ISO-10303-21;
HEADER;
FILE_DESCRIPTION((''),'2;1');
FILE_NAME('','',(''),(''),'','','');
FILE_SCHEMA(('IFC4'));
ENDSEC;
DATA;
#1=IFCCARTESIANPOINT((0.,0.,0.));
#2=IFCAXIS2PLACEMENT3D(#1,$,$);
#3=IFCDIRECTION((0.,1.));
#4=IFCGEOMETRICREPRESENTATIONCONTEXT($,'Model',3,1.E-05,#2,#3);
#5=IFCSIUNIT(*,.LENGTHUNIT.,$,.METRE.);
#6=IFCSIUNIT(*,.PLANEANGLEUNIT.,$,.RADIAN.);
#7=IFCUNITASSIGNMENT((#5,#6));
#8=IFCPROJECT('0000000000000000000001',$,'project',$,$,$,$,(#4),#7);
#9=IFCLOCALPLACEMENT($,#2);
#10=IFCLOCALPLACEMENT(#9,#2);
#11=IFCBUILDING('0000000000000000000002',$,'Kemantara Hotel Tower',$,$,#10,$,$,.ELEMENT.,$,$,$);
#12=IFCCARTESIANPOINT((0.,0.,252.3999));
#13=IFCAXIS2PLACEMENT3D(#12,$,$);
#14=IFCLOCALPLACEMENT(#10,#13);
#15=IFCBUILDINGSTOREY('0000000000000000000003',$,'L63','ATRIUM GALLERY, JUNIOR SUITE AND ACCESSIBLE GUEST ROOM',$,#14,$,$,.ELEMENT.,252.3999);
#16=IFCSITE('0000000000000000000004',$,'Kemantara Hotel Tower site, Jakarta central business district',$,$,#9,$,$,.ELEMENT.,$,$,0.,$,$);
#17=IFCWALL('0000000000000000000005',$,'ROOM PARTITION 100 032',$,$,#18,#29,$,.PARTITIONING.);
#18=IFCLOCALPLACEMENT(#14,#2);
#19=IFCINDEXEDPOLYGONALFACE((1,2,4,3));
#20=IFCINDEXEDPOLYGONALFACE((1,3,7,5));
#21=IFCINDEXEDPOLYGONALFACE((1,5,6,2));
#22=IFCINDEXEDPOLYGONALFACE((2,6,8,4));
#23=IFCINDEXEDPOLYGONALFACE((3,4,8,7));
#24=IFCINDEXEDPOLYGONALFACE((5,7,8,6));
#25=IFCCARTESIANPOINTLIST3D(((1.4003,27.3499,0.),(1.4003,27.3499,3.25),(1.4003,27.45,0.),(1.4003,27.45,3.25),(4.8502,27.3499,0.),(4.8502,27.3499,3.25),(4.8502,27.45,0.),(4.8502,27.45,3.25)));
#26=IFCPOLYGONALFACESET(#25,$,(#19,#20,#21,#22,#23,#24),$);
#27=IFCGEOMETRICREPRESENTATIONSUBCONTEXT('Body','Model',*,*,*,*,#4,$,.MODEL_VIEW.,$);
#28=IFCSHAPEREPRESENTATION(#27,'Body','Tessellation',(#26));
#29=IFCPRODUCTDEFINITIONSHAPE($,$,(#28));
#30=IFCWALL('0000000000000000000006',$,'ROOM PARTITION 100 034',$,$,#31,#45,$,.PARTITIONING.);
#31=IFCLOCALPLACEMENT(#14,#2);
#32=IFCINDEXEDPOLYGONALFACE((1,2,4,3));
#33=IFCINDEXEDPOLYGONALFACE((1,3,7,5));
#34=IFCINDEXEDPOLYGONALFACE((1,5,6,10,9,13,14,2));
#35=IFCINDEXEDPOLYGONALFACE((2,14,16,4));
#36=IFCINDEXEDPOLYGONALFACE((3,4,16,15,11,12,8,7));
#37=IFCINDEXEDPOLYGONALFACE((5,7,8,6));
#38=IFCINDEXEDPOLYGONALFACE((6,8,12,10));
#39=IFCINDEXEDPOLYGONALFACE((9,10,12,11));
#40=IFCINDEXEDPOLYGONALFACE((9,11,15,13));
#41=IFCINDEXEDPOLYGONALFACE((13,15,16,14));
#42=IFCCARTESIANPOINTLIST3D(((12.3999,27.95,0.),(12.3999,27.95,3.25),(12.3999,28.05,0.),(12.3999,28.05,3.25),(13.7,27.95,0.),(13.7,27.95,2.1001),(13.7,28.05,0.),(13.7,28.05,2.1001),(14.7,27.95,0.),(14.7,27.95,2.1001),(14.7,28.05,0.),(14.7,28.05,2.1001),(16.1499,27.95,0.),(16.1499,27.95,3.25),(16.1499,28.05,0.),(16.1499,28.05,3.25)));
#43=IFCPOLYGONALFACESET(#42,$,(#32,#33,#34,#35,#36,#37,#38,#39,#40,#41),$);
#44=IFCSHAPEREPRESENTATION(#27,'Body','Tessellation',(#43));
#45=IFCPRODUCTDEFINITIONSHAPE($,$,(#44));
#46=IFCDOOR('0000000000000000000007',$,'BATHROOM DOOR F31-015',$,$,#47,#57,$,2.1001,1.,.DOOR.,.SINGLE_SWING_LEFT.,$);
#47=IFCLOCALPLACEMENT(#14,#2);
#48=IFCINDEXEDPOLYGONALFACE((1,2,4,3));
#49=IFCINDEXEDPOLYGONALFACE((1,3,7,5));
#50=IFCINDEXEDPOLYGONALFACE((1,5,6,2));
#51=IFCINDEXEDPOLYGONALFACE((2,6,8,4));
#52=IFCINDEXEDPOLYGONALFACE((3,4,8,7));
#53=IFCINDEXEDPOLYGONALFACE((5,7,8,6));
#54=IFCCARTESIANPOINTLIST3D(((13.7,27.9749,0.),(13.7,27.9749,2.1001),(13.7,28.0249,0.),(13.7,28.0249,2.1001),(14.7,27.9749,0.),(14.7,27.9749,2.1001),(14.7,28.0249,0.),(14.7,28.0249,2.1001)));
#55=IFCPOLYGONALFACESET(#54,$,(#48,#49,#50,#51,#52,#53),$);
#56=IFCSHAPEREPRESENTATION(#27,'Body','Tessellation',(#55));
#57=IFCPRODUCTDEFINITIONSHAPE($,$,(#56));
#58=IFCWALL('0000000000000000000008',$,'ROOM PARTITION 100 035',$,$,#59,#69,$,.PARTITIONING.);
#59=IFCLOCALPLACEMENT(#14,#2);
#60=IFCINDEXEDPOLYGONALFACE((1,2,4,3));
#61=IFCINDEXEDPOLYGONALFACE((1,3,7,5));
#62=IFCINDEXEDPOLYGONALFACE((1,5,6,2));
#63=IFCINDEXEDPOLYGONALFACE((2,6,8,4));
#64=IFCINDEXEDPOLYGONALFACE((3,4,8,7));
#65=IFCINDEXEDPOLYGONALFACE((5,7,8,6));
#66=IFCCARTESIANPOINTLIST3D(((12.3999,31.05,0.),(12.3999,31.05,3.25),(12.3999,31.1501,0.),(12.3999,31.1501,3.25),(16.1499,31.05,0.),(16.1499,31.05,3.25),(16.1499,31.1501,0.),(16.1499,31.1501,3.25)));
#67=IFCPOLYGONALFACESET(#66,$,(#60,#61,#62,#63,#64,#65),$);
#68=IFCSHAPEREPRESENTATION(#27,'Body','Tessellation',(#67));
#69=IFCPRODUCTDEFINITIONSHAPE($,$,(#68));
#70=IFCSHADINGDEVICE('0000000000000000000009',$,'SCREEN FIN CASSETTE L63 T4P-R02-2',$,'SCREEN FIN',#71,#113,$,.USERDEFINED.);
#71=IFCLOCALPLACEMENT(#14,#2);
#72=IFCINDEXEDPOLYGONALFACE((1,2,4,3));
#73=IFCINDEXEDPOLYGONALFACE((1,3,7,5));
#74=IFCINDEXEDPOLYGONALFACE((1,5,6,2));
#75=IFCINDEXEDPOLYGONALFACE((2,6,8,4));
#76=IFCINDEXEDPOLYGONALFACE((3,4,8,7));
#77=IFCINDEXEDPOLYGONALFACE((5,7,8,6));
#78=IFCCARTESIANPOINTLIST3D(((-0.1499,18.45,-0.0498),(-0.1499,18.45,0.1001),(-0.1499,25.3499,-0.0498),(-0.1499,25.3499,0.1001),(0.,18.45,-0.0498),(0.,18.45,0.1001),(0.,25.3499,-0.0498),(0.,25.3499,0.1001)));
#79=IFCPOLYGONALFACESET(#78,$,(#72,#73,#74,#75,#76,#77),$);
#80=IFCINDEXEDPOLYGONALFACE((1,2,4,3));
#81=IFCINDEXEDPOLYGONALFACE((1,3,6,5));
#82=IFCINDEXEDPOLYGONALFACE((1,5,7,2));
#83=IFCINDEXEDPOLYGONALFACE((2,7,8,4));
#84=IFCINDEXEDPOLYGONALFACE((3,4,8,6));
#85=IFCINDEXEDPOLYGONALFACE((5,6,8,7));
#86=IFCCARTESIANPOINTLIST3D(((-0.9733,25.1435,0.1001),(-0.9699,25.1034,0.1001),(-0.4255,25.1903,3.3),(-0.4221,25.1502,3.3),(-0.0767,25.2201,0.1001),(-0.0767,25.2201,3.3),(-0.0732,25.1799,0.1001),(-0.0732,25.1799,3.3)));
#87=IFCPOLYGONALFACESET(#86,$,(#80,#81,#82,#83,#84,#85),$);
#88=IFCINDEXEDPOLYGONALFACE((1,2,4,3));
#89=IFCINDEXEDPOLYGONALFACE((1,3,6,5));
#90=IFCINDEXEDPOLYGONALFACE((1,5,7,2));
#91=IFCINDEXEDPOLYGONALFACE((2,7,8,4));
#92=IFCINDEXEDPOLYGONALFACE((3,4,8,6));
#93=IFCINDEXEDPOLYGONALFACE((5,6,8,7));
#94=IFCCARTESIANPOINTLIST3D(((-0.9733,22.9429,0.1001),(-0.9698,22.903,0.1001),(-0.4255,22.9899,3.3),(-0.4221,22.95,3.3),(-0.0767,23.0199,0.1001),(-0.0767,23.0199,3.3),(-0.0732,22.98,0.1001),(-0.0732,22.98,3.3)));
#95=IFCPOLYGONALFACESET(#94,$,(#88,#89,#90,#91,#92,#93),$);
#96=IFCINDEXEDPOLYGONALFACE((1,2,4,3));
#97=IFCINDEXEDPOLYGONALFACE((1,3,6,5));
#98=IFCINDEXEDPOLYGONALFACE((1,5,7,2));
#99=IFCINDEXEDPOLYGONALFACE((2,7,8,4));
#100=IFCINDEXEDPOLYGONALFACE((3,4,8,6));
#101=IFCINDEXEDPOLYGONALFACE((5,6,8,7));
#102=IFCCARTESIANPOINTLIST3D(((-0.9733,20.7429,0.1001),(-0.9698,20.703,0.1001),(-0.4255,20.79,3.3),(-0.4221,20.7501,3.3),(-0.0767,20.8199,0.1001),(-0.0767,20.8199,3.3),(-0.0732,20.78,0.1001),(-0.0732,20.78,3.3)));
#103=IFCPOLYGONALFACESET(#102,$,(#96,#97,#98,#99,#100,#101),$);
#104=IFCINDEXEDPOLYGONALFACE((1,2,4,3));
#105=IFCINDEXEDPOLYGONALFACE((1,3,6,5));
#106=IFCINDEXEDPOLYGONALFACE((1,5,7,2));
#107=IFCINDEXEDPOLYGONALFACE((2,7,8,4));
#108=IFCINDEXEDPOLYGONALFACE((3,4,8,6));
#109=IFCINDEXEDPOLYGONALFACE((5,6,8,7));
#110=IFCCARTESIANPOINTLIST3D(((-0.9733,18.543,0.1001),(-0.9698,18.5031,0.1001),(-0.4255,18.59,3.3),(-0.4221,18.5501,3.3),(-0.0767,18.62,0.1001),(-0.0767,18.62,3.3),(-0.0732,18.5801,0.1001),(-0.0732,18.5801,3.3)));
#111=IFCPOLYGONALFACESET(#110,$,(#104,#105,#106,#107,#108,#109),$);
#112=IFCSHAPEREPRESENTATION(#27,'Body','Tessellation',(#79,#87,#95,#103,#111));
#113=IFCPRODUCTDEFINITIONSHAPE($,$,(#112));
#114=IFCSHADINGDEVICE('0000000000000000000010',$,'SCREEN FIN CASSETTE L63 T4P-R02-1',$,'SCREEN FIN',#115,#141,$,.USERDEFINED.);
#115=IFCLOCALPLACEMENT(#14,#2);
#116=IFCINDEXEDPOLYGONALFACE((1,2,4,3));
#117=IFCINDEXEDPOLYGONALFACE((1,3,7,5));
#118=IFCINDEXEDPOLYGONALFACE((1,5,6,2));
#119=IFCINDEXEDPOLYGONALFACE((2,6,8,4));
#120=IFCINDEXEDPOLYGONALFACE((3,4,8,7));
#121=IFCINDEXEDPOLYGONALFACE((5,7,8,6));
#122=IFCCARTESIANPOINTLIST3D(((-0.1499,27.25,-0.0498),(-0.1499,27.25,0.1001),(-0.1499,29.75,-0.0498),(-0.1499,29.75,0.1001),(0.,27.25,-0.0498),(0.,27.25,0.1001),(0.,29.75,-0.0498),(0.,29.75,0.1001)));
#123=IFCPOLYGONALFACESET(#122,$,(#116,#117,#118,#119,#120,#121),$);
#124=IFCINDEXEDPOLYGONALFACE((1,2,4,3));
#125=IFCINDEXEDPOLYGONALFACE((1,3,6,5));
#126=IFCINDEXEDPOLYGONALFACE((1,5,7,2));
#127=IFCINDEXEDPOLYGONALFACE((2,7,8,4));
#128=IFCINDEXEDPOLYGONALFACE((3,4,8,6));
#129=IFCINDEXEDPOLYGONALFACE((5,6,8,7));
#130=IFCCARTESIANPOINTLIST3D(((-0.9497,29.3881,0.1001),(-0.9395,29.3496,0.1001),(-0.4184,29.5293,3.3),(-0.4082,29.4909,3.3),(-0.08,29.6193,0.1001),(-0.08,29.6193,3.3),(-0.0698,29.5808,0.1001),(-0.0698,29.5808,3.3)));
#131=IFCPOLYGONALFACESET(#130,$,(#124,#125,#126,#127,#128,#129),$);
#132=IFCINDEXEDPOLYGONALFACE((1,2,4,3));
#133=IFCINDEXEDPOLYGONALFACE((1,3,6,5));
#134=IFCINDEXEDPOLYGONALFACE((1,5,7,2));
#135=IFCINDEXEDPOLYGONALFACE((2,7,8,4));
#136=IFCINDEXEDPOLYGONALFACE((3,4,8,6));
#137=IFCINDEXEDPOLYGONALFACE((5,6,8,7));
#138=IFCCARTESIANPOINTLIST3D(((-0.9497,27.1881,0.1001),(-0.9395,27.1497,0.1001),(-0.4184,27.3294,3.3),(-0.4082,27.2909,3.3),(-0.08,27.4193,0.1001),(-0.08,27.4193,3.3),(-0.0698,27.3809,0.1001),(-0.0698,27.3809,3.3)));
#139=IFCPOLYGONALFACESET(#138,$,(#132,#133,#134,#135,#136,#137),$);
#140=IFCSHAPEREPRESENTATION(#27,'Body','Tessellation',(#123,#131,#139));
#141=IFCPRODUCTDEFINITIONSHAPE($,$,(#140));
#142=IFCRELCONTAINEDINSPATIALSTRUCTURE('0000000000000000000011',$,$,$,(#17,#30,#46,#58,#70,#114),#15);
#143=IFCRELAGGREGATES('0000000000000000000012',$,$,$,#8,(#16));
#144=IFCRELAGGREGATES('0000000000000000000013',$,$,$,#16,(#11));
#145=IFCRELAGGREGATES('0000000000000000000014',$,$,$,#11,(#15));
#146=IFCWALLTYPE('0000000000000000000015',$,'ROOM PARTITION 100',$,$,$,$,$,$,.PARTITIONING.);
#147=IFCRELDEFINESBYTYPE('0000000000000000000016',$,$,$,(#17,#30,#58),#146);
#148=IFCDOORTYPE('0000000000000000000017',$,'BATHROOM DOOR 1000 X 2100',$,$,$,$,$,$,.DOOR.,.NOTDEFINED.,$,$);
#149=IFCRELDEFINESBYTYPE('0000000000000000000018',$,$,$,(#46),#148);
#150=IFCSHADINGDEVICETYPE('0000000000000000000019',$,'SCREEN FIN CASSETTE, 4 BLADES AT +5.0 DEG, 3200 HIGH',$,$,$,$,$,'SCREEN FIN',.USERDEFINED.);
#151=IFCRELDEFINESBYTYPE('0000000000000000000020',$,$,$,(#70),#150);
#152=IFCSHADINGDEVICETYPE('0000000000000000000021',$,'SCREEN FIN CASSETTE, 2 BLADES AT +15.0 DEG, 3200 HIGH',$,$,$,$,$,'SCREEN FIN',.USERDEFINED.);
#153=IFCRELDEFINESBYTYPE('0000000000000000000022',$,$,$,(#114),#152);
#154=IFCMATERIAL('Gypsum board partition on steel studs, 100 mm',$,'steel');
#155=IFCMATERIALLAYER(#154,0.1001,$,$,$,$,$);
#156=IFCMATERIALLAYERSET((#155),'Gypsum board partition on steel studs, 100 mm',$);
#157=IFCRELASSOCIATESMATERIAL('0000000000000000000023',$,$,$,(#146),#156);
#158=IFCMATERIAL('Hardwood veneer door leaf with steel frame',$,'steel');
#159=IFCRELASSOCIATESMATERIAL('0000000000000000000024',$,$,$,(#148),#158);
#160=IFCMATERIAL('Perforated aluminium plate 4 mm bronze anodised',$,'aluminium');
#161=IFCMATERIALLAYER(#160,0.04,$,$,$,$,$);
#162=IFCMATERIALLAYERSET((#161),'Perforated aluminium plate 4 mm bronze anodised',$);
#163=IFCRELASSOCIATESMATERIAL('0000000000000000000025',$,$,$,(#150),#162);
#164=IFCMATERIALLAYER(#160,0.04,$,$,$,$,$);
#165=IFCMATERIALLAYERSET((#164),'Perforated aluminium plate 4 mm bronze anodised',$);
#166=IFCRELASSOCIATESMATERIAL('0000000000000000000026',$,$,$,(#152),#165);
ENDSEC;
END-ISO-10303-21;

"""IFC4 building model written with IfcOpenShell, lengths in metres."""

from ifc_helpers import new_model, si_unit, direction, frame, frame_2d, origin, origin_2d, place, context, subcontext, project, spatial, polyline, rectangle, outline, extrude, source, transform, mapped, material, layer, layer_set, type_object, element, fill, save


model = new_model("IFC4")

# Units and contexts
model_context = context("Model", 3, precision=1e-05, world=origin(), true_north=direction((0.0, 1.0)))
body_context = subcontext(model_context, "Body", "Model", "MODEL_VIEW")
ifc_project = project(units=[si_unit("LENGTHUNIT", "METRE"), si_unit("PLANEANGLEUNIT", "RADIAN")], contexts=[model_context])

# Site, building, storey
site_placement = place(None, origin())
site = spatial("IfcSite", under=ifc_project, at=site_placement, Name="Kemantara Hotel Tower site, Jakarta central business district", CompositionType="ELEMENT", RefElevation=0.0)
building_placement = place(site_placement, origin())
building = spatial("IfcBuilding", under=site, at=building_placement, Name="Kemantara Hotel Tower", CompositionType="ELEMENT")
storey_placement = place(building_placement, frame((0.0, 0.0, 252.3999)))
storey = spatial("IfcBuildingStorey", under=building, at=storey_placement, Name="L63", Description="ATRIUM GALLERY, JUNIOR SUITE AND ACCESSIBLE GUEST ROOM", CompositionType="ELEMENT", Elevation=252.3999)

# Shared definitions
ifc_material_1 = material(Name="Hardwood veneer door leaf with steel frame", Category="steel")

# Wall
ifc_material_2 = material(Name="Gypsum board partition on steel studs, 100 mm", Category="steel")
ifc_layer_1 = layer(ifc_material_2, 0.1001)
ifc_layer_set_1 = layer_set([ifc_layer_1], Name="Gypsum board partition on steel studs, 100 mm")
wall_type_1 = type_object("IfcWallType", Name="ROOM PARTITION 100", PredefinedType="PARTITIONING", material=ifc_layer_set_1)
wall_1_placement = place(storey_placement, frame((1.4001, 27.3999, 0.0), z_axis=(0.0, 0.0, 1.0), x_axis=(1.0, 0.0, 0.0)))
element("IfcWall", 1, at=wall_1_placement, inside=storey, type_object=wall_type_1, Name="ROOM PARTITION 100 032", PredefinedType="PARTITIONING", context=body_context, shape_type="SweptSolid", body=[
    extrude(rectangle(XDim=3.45, YDim=0.1001, at=frame_2d((1.7251, 0.0))), origin(), (0.0, 0.0, 1.0), 3.25),
])

# Wall, opening, door
wall_2_placement = place(storey_placement, frame((12.3999, 28.0, 0.0), z_axis=(0.0, 0.0, 1.0), x_axis=(1.0, 0.0, 0.0)))
wall_2 = element("IfcWall", 2, at=wall_2_placement, inside=storey, type_object=wall_type_1, Name="ROOM PARTITION 100 034", PredefinedType="PARTITIONING", context=body_context, shape_type="SweptSolid", body=[
    extrude(rectangle(XDim=3.75, YDim=0.1001, at=frame_2d((1.875, 0.0))), origin(), (0.0, 0.0, 1.0), 3.25),
])
opening_1_placement = place(wall_2_placement, frame((1.3, 0.0, 0.0)))
opening_1 = element("IfcOpeningElement", 3, at=opening_1_placement, cuts=wall_2, PredefinedType="OPENING", context=body_context, shape_type="SweptSolid", body=[
    extrude(rectangle(XDim=1.0, YDim=2.1001, at=frame_2d((0.5, 1.05))), frame((0.0, 0.0601, 0.0), z_axis=(0.0, -1.0, 0.0), x_axis=(1.0, 0.0, 0.0)), (0.0, 0.0, 1.0), 0.1201),
])
door_type_1 = type_object("IfcDoorType", Name="BATHROOM DOOR 1000 X 2100", OperationType="NOTDEFINED", PredefinedType="DOOR", material=ifc_material_1)
door_1_placement = place(opening_1_placement, origin())
door_1 = element("IfcDoor", 4, at=door_1_placement, inside=storey, type_object=door_type_1, Name="BATHROOM DOOR F31-015", OperationType="SINGLE_SWING_LEFT", OverallHeight=2.1001, OverallWidth=1.0, PredefinedType="DOOR", context=body_context, shape_type="SweptSolid", body=[
    extrude(rectangle(XDim=1.0, YDim=2.1001, at=frame_2d((0.5, 1.05))), frame((0.0, 0.0249, 0.0), z_axis=(0.0, -1.0, 0.0), x_axis=(1.0, 0.0, 0.0)), (0.0, 0.0, 1.0), 0.05),
])
fill(opening_1, door_1)

# Wall
wall_3_placement = place(storey_placement, frame((12.3999, 31.1001, 0.0), z_axis=(0.0, 0.0, 1.0), x_axis=(1.0, 0.0, 0.0)))
element("IfcWall", 5, at=wall_3_placement, inside=storey, type_object=wall_type_1, Name="ROOM PARTITION 100 035", PredefinedType="PARTITIONING", context=body_context, shape_type="SweptSolid", body=[
    extrude(rectangle(XDim=3.75, YDim=0.1001, at=frame_2d((1.875, 0.0))), origin(), (0.0, 0.0, 1.0), 3.25),
])

# Shading devices
ifc_material_3 = material(Name="Perforated aluminium plate 4 mm bronze anodised", Category="aluminium")
ifc_layer_2 = layer(ifc_material_3, 0.04)
ifc_layer_set_2 = layer_set([ifc_layer_2], Name="Perforated aluminium plate 4 mm bronze anodised")
shading_device_type_1 = type_object("IfcShadingDeviceType", Name="SCREEN FIN CASSETTE, 4 BLADES AT +5.0 DEG, 3200 HIGH", ElementType="SCREEN FIN", PredefinedType="USERDEFINED", material=ifc_layer_set_2)
shared_shape_1 = source(origin(), body_context, "Body", "SweptSolid", [
    extrude(rectangle(XDim=6.8999, YDim=0.1499, at=origin_2d()), frame((3.3, -0.075, -0.1499), z_axis=(0.0, 0.0, 1.0), x_axis=(1.0, 0.0, 0.0)), (0.0, 0.0, 1.0), 0.1499),
    extrude(outline(polyline([(0.0, 0.0), (0.8999, 0.0), (0.3501, 3.2), (0.0, 3.2), (0.0, 0.0)])), frame((0.02, -0.0732, 0.0), z_axis=(-0.996376, -0.085056, 0.0), x_axis=(0.085056, -0.996376, 0.0)), (0.0, 0.0, 1.0), 0.0403),
    extrude(outline(polyline([(0.0, 0.0), (0.8999, 0.0), (0.3501, 3.2), (0.0, 3.2), (0.0, 0.0)])), frame((2.22, -0.0732, 0.0), z_axis=(-0.996332, -0.085575, 0.0), x_axis=(0.085575, -0.996332, 0.0)), (0.0, 0.0, 1.0), 0.04),
    extrude(outline(polyline([(0.0, 0.0), (0.8999, 0.0), (0.3501, 3.2), (0.0, 3.2), (0.0, 0.0)])), frame((4.4199, -0.0732, 0.0), z_axis=(-0.996332, -0.085575, 0.0), x_axis=(0.085575, -0.996332, 0.0)), (0.0, 0.0, 1.0), 0.04),
    extrude(outline(polyline([(0.0, 0.0), (0.8999, 0.0), (0.3501, 3.2), (0.0, 3.2), (0.0, 0.0)])), frame((6.6199, -0.0732, 0.0), z_axis=(-0.996332, -0.085575, 0.0), x_axis=(0.085575, -0.996332, 0.0)), (0.0, 0.0, 1.0), 0.04),
])
shading_device_1_placement = place(storey_placement, frame((0.0, 25.2, 0.1001), z_axis=(0.0, 0.0, 1.0), x_axis=(0.0, -1.0, 0.0)))
element("IfcShadingDevice", 6, at=shading_device_1_placement, inside=storey, type_object=shading_device_type_1, Name="SCREEN FIN CASSETTE L63 T4P-R02-2", ObjectType="SCREEN FIN", PredefinedType="USERDEFINED", context=body_context, shape_type="MappedRepresentation", body=[
    mapped(shared_shape_1, transform((0.0, 0.0, 0.0))),
])
ifc_layer_3 = layer(ifc_material_3, 0.04)
ifc_layer_set_3 = layer_set([ifc_layer_3], Name="Perforated aluminium plate 4 mm bronze anodised")
shading_device_type_2 = type_object("IfcShadingDeviceType", Name="SCREEN FIN CASSETTE, 2 BLADES AT +15.0 DEG, 3200 HIGH", ElementType="SCREEN FIN", PredefinedType="USERDEFINED", material=ifc_layer_set_3)
shared_shape_2 = source(origin(), body_context, "Body", "SweptSolid", [
    extrude(rectangle(XDim=2.5, YDim=0.1499, at=origin_2d()), frame((1.1001, -0.075, -0.1499), z_axis=(0.0, 0.0, 1.0), x_axis=(1.0, 0.0, 0.0)), (0.0, 0.0, 1.0), 0.1499),
    extrude(outline(polyline([(0.0, 0.0), (0.8999, 0.0), (0.3501, 3.2), (0.0, 3.2), (0.0, 0.0)])), frame((0.0193, -0.0698, 0.0), z_axis=(-0.966438, -0.256901, 0.0), x_axis=(0.256901, -0.966438, 0.0)), (0.0, 0.0, 1.0), 0.0398),
    extrude(outline(polyline([(0.0, 0.0), (0.8999, 0.0), (0.3501, 3.2), (0.0, 3.2), (0.0, 0.0)])), frame((2.2192, -0.0698, 0.0), z_axis=(-0.966438, -0.256901, 0.0), x_axis=(0.256901, -0.966438, 0.0)), (0.0, 0.0, 1.0), 0.0398),
])
shading_device_2_placement = place(storey_placement, frame((0.0, 29.6001, 0.1001), z_axis=(0.0, 0.0, 1.0), x_axis=(0.0, -1.0, 0.0)))
element("IfcShadingDevice", 7, at=shading_device_2_placement, inside=storey, type_object=shading_device_type_2, Name="SCREEN FIN CASSETTE L63 T4P-R02-1", ObjectType="SCREEN FIN", PredefinedType="USERDEFINED", context=body_context, shape_type="MappedRepresentation", body=[
    mapped(shared_shape_2, transform((0.0, 0.0, 0.0))),
])

save(model, "model.ifc")
